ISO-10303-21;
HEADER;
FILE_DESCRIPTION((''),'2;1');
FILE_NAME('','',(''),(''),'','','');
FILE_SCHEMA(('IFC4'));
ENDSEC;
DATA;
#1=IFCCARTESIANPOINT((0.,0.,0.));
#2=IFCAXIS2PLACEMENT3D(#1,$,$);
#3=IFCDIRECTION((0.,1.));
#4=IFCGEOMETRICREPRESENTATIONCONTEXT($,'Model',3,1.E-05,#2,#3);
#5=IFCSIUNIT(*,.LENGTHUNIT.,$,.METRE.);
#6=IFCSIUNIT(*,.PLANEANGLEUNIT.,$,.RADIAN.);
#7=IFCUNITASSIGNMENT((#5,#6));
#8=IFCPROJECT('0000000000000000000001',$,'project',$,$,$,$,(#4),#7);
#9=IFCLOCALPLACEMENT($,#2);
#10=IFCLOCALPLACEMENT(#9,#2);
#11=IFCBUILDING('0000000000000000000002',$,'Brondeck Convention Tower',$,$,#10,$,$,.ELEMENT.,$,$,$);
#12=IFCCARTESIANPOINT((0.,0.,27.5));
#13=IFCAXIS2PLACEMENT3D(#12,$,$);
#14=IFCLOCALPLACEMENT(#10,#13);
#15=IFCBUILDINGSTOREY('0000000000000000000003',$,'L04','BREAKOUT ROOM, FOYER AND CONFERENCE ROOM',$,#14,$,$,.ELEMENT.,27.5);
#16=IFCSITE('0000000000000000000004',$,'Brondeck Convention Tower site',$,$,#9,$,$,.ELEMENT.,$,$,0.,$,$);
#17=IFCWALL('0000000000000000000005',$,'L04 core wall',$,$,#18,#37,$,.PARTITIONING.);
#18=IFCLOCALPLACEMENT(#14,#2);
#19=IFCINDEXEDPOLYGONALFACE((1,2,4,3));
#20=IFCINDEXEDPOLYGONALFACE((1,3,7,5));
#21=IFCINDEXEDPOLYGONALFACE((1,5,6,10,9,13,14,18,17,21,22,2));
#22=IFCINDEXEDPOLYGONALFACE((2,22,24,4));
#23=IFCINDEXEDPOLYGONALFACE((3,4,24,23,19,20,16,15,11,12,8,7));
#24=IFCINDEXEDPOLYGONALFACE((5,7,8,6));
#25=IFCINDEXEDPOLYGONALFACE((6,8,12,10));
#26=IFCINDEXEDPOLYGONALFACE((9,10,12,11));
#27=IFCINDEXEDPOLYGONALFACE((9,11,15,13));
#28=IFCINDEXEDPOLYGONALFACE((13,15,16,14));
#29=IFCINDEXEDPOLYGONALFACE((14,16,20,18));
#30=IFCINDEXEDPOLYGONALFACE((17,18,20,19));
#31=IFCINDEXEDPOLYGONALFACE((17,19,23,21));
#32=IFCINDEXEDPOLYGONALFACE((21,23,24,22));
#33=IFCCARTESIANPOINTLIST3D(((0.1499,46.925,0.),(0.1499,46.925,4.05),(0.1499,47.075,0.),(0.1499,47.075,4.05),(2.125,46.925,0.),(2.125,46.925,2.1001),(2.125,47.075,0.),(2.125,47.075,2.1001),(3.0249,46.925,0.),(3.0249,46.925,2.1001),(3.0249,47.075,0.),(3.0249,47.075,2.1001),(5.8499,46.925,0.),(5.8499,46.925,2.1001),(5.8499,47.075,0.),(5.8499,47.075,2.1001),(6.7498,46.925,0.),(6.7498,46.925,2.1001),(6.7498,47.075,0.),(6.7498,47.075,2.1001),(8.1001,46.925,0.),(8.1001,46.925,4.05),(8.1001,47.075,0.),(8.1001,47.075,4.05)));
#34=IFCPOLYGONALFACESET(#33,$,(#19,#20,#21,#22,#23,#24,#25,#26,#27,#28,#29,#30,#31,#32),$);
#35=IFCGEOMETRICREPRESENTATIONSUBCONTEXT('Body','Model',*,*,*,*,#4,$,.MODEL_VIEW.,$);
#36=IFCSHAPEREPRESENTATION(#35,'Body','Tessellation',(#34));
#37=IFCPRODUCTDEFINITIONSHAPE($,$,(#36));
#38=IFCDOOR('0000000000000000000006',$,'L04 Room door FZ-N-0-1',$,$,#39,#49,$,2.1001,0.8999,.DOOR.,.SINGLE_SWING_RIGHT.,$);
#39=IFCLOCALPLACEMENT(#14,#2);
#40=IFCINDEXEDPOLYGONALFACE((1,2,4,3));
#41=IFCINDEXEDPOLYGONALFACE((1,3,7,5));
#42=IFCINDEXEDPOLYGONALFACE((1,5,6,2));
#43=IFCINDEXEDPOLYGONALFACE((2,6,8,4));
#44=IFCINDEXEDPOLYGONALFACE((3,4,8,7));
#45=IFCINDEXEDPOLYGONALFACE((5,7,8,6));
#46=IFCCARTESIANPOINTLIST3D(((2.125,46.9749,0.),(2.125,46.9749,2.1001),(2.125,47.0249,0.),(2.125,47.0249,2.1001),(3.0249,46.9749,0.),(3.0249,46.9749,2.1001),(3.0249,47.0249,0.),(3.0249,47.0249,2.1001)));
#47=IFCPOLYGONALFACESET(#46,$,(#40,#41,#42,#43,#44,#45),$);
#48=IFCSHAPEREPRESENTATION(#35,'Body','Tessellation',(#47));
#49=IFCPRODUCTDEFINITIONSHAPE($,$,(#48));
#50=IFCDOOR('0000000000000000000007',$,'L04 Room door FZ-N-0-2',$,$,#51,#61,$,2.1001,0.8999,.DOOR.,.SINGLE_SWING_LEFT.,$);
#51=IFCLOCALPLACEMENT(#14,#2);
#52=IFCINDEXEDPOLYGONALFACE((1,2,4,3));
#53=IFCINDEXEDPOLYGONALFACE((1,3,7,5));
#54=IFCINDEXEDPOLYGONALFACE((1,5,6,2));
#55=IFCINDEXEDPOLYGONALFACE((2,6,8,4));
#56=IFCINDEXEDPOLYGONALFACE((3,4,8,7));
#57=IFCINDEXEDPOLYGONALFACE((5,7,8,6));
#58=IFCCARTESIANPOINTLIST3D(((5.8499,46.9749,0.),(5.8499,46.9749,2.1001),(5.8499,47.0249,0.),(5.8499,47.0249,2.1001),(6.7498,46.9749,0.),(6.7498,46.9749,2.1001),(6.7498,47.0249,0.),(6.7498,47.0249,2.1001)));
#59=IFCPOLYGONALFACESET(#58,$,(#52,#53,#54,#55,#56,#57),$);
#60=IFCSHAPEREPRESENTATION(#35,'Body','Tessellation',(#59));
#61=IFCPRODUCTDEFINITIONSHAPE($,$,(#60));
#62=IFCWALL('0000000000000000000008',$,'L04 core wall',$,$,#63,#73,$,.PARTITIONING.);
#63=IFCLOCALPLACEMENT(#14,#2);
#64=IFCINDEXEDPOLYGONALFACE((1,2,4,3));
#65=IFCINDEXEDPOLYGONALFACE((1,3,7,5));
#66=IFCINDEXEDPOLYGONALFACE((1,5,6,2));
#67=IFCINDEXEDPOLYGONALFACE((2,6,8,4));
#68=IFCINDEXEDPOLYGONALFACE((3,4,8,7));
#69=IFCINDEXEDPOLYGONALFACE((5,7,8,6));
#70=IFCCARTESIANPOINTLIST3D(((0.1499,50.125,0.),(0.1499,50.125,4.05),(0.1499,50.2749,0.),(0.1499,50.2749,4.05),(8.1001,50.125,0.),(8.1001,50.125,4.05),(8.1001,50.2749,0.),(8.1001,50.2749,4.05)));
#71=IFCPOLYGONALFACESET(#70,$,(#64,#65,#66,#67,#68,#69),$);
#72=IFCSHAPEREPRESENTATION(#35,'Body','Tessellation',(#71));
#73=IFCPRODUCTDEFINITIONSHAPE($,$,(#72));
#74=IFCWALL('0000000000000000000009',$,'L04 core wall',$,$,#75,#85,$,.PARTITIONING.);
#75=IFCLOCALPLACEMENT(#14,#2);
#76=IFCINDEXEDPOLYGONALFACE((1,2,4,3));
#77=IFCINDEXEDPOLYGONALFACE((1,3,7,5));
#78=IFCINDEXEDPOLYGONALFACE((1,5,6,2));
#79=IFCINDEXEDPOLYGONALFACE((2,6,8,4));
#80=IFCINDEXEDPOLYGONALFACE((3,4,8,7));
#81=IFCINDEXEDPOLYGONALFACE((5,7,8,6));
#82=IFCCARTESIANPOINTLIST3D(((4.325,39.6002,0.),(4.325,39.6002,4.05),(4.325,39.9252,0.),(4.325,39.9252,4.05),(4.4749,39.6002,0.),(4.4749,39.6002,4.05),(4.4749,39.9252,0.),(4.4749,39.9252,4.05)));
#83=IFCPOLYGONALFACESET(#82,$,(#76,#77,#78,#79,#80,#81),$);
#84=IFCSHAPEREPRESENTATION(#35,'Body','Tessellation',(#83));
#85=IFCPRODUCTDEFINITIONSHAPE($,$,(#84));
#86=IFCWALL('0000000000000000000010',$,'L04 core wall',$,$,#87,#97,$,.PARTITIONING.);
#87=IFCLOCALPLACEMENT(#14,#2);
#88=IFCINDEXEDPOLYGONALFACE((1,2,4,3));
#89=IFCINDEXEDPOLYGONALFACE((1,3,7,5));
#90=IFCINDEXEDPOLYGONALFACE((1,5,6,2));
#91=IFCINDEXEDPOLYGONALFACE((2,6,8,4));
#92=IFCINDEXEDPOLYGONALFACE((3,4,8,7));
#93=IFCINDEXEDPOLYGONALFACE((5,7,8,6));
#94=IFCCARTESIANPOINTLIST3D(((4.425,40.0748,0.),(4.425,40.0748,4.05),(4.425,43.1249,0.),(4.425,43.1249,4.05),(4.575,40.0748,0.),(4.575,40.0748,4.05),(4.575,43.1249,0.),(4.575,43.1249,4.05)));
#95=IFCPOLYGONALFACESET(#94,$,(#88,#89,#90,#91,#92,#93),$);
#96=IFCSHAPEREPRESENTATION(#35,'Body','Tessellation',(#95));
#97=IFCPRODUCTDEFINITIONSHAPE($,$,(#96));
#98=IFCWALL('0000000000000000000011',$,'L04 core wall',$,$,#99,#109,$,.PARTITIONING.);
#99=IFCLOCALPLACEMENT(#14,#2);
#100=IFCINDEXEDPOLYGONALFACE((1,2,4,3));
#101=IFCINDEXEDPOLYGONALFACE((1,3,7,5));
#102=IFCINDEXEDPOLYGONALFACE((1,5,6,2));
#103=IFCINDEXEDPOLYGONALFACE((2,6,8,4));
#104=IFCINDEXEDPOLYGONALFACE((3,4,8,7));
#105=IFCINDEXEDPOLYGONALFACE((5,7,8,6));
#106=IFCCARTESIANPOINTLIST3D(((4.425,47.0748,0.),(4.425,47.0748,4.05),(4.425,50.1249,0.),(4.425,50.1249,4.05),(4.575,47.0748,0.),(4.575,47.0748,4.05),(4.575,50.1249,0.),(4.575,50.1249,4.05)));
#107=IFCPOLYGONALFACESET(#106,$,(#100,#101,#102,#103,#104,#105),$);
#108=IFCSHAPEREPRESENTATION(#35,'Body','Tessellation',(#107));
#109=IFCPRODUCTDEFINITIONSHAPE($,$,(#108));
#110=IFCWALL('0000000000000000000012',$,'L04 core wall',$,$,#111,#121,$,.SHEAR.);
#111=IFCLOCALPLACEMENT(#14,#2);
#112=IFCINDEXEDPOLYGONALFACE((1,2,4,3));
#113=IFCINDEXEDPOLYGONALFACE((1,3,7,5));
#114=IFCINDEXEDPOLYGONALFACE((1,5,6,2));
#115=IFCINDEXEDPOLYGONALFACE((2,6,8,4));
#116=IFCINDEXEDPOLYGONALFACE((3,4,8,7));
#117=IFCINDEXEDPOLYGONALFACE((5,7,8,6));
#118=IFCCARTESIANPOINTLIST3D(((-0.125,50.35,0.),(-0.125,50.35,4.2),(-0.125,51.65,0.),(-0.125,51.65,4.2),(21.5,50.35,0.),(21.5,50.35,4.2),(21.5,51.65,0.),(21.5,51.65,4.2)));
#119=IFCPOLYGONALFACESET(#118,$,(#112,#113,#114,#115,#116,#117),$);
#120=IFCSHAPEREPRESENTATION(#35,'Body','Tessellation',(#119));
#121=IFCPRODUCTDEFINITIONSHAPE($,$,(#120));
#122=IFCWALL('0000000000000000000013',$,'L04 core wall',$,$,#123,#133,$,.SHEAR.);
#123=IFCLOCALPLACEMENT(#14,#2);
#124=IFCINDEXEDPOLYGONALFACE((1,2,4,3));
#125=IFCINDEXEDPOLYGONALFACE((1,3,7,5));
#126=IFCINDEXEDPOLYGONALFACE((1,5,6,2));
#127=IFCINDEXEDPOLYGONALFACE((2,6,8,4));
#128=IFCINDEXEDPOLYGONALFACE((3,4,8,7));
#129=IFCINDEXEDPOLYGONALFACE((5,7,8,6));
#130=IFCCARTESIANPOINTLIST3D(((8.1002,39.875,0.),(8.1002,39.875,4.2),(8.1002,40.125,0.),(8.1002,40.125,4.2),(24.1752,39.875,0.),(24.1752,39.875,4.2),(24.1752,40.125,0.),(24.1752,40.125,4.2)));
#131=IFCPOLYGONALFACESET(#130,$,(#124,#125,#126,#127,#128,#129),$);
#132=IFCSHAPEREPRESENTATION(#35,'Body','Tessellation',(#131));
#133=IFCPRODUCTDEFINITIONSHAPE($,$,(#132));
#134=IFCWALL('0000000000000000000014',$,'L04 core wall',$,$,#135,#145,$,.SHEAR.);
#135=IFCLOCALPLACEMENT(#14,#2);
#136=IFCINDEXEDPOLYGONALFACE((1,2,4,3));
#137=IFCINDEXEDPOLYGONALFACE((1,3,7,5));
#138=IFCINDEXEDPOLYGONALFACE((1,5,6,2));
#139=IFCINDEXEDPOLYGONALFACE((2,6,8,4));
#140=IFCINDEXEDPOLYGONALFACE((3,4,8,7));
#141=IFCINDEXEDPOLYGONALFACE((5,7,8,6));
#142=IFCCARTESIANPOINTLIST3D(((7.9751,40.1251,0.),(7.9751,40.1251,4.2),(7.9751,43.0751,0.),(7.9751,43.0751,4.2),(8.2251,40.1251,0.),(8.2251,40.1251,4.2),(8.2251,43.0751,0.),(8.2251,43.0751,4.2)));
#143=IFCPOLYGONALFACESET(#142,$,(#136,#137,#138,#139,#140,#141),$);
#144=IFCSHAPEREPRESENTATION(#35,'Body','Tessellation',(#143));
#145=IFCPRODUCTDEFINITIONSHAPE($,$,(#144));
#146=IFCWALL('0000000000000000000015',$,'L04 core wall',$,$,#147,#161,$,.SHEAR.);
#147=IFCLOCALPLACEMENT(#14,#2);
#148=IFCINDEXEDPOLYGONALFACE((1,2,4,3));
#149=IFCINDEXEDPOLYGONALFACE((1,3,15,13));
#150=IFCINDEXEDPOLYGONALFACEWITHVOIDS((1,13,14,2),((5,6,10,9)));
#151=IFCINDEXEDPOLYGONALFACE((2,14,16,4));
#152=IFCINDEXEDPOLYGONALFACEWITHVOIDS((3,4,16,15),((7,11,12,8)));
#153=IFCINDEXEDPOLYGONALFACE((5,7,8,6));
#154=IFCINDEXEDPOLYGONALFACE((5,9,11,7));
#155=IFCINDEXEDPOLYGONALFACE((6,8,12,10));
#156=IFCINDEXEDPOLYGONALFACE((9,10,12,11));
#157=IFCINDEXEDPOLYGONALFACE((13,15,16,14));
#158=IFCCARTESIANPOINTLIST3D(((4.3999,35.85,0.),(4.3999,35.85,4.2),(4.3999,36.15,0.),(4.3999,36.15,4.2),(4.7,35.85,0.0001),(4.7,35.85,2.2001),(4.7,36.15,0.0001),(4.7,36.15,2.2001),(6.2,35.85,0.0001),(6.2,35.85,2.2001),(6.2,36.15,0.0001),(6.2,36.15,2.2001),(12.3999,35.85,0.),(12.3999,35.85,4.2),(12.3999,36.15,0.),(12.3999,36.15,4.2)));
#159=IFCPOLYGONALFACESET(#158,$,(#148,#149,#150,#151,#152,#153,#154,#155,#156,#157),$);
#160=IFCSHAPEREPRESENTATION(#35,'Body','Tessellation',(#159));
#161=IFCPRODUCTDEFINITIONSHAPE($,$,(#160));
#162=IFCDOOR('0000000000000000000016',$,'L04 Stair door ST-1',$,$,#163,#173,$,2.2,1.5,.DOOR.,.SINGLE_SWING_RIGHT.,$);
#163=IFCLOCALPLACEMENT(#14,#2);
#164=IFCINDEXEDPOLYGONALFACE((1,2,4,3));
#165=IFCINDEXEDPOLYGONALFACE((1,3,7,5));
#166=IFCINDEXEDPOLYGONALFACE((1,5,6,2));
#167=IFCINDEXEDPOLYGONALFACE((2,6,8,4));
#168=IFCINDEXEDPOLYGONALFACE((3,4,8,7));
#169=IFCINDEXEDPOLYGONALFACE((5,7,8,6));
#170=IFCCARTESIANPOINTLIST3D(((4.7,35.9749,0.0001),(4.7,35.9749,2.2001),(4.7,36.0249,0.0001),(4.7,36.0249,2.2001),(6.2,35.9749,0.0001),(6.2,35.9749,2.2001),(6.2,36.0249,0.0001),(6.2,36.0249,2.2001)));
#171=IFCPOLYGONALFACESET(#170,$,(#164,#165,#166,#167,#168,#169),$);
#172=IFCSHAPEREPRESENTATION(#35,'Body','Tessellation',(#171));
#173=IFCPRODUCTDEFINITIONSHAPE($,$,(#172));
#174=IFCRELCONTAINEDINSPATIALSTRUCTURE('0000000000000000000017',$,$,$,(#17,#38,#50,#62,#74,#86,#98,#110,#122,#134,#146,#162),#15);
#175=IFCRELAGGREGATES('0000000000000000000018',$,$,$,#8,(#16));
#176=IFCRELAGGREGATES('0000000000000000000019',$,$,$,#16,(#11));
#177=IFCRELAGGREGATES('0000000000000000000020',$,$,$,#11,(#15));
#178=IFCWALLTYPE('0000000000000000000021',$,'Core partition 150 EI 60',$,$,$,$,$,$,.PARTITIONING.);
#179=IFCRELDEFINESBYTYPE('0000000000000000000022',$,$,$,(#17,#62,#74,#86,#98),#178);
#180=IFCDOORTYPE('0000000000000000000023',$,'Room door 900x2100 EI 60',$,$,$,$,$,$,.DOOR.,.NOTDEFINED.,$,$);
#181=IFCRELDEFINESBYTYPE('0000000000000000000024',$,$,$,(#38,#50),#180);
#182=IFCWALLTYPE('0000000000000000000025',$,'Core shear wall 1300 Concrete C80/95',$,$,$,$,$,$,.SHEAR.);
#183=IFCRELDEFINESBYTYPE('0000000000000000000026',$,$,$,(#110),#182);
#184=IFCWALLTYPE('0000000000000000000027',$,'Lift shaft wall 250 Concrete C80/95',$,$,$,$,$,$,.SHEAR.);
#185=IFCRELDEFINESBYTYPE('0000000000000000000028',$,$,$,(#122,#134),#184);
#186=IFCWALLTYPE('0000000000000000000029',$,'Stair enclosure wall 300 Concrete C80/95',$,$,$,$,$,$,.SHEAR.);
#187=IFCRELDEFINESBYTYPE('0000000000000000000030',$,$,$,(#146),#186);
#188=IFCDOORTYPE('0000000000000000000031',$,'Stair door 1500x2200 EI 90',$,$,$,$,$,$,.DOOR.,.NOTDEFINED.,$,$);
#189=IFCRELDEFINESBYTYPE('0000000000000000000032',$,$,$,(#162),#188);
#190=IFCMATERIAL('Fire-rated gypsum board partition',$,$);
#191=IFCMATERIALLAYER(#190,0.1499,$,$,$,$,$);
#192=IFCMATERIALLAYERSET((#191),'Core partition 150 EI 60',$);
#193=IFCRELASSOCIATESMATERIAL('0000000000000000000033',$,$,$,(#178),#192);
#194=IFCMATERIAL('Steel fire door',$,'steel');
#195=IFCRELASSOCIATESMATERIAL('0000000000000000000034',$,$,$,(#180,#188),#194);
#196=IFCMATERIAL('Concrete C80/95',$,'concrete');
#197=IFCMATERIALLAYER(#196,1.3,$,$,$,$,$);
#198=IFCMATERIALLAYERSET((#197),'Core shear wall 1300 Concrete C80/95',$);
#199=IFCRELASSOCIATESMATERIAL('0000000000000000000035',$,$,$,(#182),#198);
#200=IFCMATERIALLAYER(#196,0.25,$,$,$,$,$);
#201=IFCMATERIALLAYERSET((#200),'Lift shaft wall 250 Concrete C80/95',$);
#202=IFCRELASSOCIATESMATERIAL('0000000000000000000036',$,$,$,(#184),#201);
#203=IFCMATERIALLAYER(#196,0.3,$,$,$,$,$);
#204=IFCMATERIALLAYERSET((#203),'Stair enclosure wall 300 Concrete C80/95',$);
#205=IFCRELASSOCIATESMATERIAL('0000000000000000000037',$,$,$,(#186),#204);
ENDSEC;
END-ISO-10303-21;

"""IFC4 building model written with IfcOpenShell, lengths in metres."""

from ifc_helpers import new_model, si_unit, direction, frame, frame_2d, origin, place, context, subcontext, project, spatial, rectangle, extrude, material, layer, layer_set, type_object, element, fill, save


model = new_model("IFC4")

# Units and contexts
model_context = context("Model", 3, precision=1e-05, world=origin(), true_north=direction((0.0, 1.0)))
body_context = subcontext(model_context, "Body", "Model", "MODEL_VIEW")
ifc_project = project(units=[si_unit("LENGTHUNIT", "METRE"), si_unit("PLANEANGLEUNIT", "RADIAN")], contexts=[model_context])

# Site, building, storey
site_placement = place(None, origin())
site = spatial("IfcSite", under=ifc_project, at=site_placement, Name="Brondeck Convention Tower site", CompositionType="ELEMENT", RefElevation=0.0)
building_placement = place(site_placement, origin())
building = spatial("IfcBuilding", under=site, at=building_placement, Name="Brondeck Convention Tower", CompositionType="ELEMENT")
storey_placement = place(building_placement, frame((0.0, 0.0, 27.5)))
storey = spatial("IfcBuildingStorey", under=building, at=storey_placement, Name="L04", Description="BREAKOUT ROOM, FOYER AND CONFERENCE ROOM", CompositionType="ELEMENT", Elevation=27.5)

# Shared definitions
ifc_material_1 = material(Name="Concrete C80/95", Category="concrete")

# Shared definitions
ifc_material_2 = material(Name="Fire-rated gypsum board partition")
ifc_layer_1 = layer(ifc_material_2, 0.1499)
ifc_layer_set_1 = layer_set([ifc_layer_1], Name="Core partition 150 EI 60")
wall_type_1 = type_object("IfcWallType", Name="Core partition 150 EI 60", PredefinedType="PARTITIONING", material=ifc_layer_set_1)
ifc_material_3 = material(Name="Steel fire door", Category="steel")
door_type_1 = type_object("IfcDoorType", Name="Room door 900x2100 EI 60", OperationType="NOTDEFINED", PredefinedType="DOOR", material=ifc_material_3)

# Wall, openings, doors
wall_1_placement = place(storey_placement, frame((0.1499, 47.0, 0.0), z_axis=(0.0, 0.0, 1.0), x_axis=(1.0, 0.0, 0.0)))
wall_1 = element("IfcWall", 1, at=wall_1_placement, inside=storey, type_object=wall_type_1, Name="L04 core wall", PredefinedType="PARTITIONING", context=body_context, shape_type="SweptSolid", body=[
    extrude(rectangle(XDim=7.9502, YDim=0.1499, at=frame_2d((3.9751, 0.0))), origin(), (0.0, 0.0, 1.0), 4.05),
])
opening_1_placement = place(wall_1_placement, frame((1.9751, 0.0, 0.0)))
opening_1 = element("IfcOpeningElement", 2, at=opening_1_placement, cuts=wall_1, PredefinedType="OPENING", context=body_context, shape_type="SweptSolid", body=[
    extrude(rectangle(XDim=0.8999, YDim=2.1001, at=frame_2d((0.45, 1.05))), frame((0.0, 0.085, 0.0), z_axis=(0.0, -1.0, 0.0), x_axis=(1.0, 0.0, 0.0)), (0.0, 0.0, 1.0), 0.1699),
])
opening_2_placement = place(wall_1_placement, frame((5.7, 0.0, 0.0)))
opening_2 = element("IfcOpeningElement", 3, at=opening_2_placement, cuts=wall_1, PredefinedType="OPENING", context=body_context, shape_type="SweptSolid", body=[
    extrude(rectangle(XDim=0.8999, YDim=2.1001, at=frame_2d((0.45, 1.05))), frame((0.0, 0.085, 0.0), z_axis=(0.0, -1.0, 0.0), x_axis=(1.0, 0.0, 0.0)), (0.0, 0.0, 1.0), 0.1699),
])
door_1_placement = place(opening_1_placement, origin())
door_1 = element("IfcDoor", 4, at=door_1_placement, inside=storey, type_object=door_type_1, Name="L04 Room door FZ-N-0-1", OperationType="SINGLE_SWING_RIGHT", OverallHeight=2.1001, OverallWidth=0.8999, PredefinedType="DOOR", context=body_context, shape_type="SweptSolid", body=[
    extrude(rectangle(XDim=0.8999, YDim=2.1001, at=frame_2d((0.45, 1.05))), frame((0.0, 0.0249, 0.0), z_axis=(0.0, -1.0, 0.0), x_axis=(1.0, 0.0, 0.0)), (0.0, 0.0, 1.0), 0.05),
])
fill(opening_1, door_1)
door_2_placement = place(opening_2_placement, origin())
door_2 = element("IfcDoor", 5, at=door_2_placement, inside=storey, type_object=door_type_1, Name="L04 Room door FZ-N-0-2", OperationType="SINGLE_SWING_LEFT", OverallHeight=2.1001, OverallWidth=0.8999, PredefinedType="DOOR", context=body_context, shape_type="SweptSolid", body=[
    extrude(rectangle(XDim=0.8999, YDim=2.1001, at=frame_2d((0.45, 1.05))), frame((0.0, 0.0249, 0.0), z_axis=(0.0, -1.0, 0.0), x_axis=(1.0, 0.0, 0.0)), (0.0, 0.0, 1.0), 0.05),
])
fill(opening_2, door_2)

# Walls
wall_2_placement = place(storey_placement, frame((0.1499, 50.2, 0.0), z_axis=(0.0, 0.0, 1.0), x_axis=(1.0, 0.0, 0.0)))
element("IfcWall", 6, at=wall_2_placement, inside=storey, type_object=wall_type_1, Name="L04 core wall", PredefinedType="PARTITIONING", context=body_context, shape_type="SweptSolid", body=[
    extrude(rectangle(XDim=7.9502, YDim=0.1499, at=frame_2d((3.9751, 0.0))), origin(), (0.0, 0.0, 1.0), 4.05),
])
wall_3_placement = place(storey_placement, frame((4.3999, 39.6001, 0.0), z_axis=(0.0, 0.0, 1.0), x_axis=(0.0, 1.0, 0.0)))
element("IfcWall", 7, at=wall_3_placement, inside=storey, type_object=wall_type_1, Name="L04 core wall", PredefinedType="PARTITIONING", context=body_context, shape_type="SweptSolid", body=[
    extrude(rectangle(XDim=0.325, YDim=0.1499, at=frame_2d((0.1626, 0.0))), origin(), (0.0, 0.0, 1.0), 4.05),
])
for number, where, z_axis, x_axis, name in (
    (8, (4.5, 40.075, 0.0), (0.0, 0.0, 1.0), (0.0, 1.0, 0.0), "L04 core wall"),
    (9, (4.5, 47.075, 0.0), (0.0, 0.0, 1.0), (0.0, 1.0, 0.0), "L04 core wall"),
):
    element("IfcWall", number, at=place(storey_placement, frame(where, z_axis=z_axis, x_axis=x_axis)), inside=storey, type_object=wall_type_1, Name=name, PredefinedType="PARTITIONING", context=body_context, shape_type="SweptSolid", body=[
        extrude(rectangle(XDim=3.05, YDim=0.1499, at=frame_2d((1.5249, 0.0))), origin(), (0.0, 0.0, 1.0), 4.05),
    ])
ifc_layer_2 = layer(ifc_material_1, 1.3)
ifc_layer_set_2 = layer_set([ifc_layer_2], Name="Core shear wall 1300 Concrete C80/95")
wall_type_2 = type_object("IfcWallType", Name="Core shear wall 1300 Concrete C80/95", PredefinedType="SHEAR", material=ifc_layer_set_2)
wall_4_placement = place(storey_placement, frame((-0.125, 51.0, 0.0), z_axis=(0.0, 0.0, 1.0), x_axis=(1.0, 0.0, 0.0)))
element("IfcWall", 10, at=wall_4_placement, inside=storey, type_object=wall_type_2, Name="L04 core wall", PredefinedType="SHEAR", context=body_context, shape_type="SweptSolid", body=[
    extrude(rectangle(XDim=21.625, YDim=1.3, at=frame_2d((10.8125, 0.0))), origin(), (0.0, 0.0, 1.0), 4.2),
])
ifc_layer_3 = layer(ifc_material_1, 0.25)
ifc_layer_set_3 = layer_set([ifc_layer_3], Name="Lift shaft wall 250 Concrete C80/95")
wall_type_3 = type_object("IfcWallType", Name="Lift shaft wall 250 Concrete C80/95", PredefinedType="SHEAR", material=ifc_layer_set_3)
wall_5_placement = place(storey_placement, frame((8.1001, 40.0, 0.0), z_axis=(0.0, 0.0, 1.0), x_axis=(1.0, 0.0, 0.0)))
element("IfcWall", 11, at=wall_5_placement, inside=storey, type_object=wall_type_3, Name="L04 core wall", PredefinedType="SHEAR", context=body_context, shape_type="SweptSolid", body=[
    extrude(rectangle(XDim=16.075, YDim=0.25, at=frame_2d((8.0376, 0.0))), origin(), (0.0, 0.0, 1.0), 4.2),
])
wall_6_placement = place(storey_placement, frame((8.1001, 40.125, 0.0), z_axis=(0.0, 0.0, 1.0), x_axis=(0.0, 1.0, 0.0)))
element("IfcWall", 12, at=wall_6_placement, inside=storey, type_object=wall_type_3, Name="L04 core wall", PredefinedType="SHEAR", context=body_context, shape_type="SweptSolid", body=[
    extrude(rectangle(XDim=2.95, YDim=0.25, at=frame_2d((1.4751, 0.0))), origin(), (0.0, 0.0, 1.0), 4.2),
])

# Wall, opening, door
ifc_layer_4 = layer(ifc_material_1, 0.3)
ifc_layer_set_4 = layer_set([ifc_layer_4], Name="Stair enclosure wall 300 Concrete C80/95")
wall_type_4 = type_object("IfcWallType", Name="Stair enclosure wall 300 Concrete C80/95", PredefinedType="SHEAR", material=ifc_layer_set_4)
wall_7_placement = place(storey_placement, frame((4.3999, 36.0, 0.0), z_axis=(0.0, 0.0, 1.0), x_axis=(1.0, 0.0, 0.0)))
wall_7 = element("IfcWall", 13, at=wall_7_placement, inside=storey, type_object=wall_type_4, Name="L04 core wall", PredefinedType="SHEAR", context=body_context, shape_type="SweptSolid", body=[
    extrude(rectangle(XDim=8.0, YDim=0.3, at=frame_2d((4.0, 0.0))), origin(), (0.0, 0.0, 1.0), 4.2),
])
opening_3_placement = place(wall_7_placement, frame((0.3, 0.0, 0.0)))
opening_3 = element("IfcOpeningElement", 14, at=opening_3_placement, cuts=wall_7, PredefinedType="OPENING", context=body_context, shape_type="SweptSolid", body=[
    extrude(rectangle(XDim=1.5, YDim=2.2, at=frame_2d((0.75, 1.1001))), frame((0.0, 0.1599, 0.0), z_axis=(0.0, -1.0, 0.0), x_axis=(1.0, 0.0, 0.0)), (0.0, 0.0, 1.0), 0.3201),
])
door_type_2 = type_object("IfcDoorType", Name="Stair door 1500x2200 EI 90", OperationType="NOTDEFINED", PredefinedType="DOOR", material=ifc_material_3)
door_3_placement = place(opening_3_placement, origin())
door_3 = element("IfcDoor", 15, at=door_3_placement, inside=storey, type_object=door_type_2, Name="L04 Stair door ST-1", OperationType="SINGLE_SWING_RIGHT", OverallHeight=2.2, OverallWidth=1.5, PredefinedType="DOOR", context=body_context, shape_type="SweptSolid", body=[
    extrude(rectangle(XDim=1.5, YDim=2.2, at=frame_2d((0.75, 1.1001))), frame((0.0, 0.0249, 0.0), z_axis=(0.0, -1.0, 0.0), x_axis=(1.0, 0.0, 0.0)), (0.0, 0.0, 1.0), 0.05),
])
fill(opening_3, door_3)

save(model, "model.ifc")
